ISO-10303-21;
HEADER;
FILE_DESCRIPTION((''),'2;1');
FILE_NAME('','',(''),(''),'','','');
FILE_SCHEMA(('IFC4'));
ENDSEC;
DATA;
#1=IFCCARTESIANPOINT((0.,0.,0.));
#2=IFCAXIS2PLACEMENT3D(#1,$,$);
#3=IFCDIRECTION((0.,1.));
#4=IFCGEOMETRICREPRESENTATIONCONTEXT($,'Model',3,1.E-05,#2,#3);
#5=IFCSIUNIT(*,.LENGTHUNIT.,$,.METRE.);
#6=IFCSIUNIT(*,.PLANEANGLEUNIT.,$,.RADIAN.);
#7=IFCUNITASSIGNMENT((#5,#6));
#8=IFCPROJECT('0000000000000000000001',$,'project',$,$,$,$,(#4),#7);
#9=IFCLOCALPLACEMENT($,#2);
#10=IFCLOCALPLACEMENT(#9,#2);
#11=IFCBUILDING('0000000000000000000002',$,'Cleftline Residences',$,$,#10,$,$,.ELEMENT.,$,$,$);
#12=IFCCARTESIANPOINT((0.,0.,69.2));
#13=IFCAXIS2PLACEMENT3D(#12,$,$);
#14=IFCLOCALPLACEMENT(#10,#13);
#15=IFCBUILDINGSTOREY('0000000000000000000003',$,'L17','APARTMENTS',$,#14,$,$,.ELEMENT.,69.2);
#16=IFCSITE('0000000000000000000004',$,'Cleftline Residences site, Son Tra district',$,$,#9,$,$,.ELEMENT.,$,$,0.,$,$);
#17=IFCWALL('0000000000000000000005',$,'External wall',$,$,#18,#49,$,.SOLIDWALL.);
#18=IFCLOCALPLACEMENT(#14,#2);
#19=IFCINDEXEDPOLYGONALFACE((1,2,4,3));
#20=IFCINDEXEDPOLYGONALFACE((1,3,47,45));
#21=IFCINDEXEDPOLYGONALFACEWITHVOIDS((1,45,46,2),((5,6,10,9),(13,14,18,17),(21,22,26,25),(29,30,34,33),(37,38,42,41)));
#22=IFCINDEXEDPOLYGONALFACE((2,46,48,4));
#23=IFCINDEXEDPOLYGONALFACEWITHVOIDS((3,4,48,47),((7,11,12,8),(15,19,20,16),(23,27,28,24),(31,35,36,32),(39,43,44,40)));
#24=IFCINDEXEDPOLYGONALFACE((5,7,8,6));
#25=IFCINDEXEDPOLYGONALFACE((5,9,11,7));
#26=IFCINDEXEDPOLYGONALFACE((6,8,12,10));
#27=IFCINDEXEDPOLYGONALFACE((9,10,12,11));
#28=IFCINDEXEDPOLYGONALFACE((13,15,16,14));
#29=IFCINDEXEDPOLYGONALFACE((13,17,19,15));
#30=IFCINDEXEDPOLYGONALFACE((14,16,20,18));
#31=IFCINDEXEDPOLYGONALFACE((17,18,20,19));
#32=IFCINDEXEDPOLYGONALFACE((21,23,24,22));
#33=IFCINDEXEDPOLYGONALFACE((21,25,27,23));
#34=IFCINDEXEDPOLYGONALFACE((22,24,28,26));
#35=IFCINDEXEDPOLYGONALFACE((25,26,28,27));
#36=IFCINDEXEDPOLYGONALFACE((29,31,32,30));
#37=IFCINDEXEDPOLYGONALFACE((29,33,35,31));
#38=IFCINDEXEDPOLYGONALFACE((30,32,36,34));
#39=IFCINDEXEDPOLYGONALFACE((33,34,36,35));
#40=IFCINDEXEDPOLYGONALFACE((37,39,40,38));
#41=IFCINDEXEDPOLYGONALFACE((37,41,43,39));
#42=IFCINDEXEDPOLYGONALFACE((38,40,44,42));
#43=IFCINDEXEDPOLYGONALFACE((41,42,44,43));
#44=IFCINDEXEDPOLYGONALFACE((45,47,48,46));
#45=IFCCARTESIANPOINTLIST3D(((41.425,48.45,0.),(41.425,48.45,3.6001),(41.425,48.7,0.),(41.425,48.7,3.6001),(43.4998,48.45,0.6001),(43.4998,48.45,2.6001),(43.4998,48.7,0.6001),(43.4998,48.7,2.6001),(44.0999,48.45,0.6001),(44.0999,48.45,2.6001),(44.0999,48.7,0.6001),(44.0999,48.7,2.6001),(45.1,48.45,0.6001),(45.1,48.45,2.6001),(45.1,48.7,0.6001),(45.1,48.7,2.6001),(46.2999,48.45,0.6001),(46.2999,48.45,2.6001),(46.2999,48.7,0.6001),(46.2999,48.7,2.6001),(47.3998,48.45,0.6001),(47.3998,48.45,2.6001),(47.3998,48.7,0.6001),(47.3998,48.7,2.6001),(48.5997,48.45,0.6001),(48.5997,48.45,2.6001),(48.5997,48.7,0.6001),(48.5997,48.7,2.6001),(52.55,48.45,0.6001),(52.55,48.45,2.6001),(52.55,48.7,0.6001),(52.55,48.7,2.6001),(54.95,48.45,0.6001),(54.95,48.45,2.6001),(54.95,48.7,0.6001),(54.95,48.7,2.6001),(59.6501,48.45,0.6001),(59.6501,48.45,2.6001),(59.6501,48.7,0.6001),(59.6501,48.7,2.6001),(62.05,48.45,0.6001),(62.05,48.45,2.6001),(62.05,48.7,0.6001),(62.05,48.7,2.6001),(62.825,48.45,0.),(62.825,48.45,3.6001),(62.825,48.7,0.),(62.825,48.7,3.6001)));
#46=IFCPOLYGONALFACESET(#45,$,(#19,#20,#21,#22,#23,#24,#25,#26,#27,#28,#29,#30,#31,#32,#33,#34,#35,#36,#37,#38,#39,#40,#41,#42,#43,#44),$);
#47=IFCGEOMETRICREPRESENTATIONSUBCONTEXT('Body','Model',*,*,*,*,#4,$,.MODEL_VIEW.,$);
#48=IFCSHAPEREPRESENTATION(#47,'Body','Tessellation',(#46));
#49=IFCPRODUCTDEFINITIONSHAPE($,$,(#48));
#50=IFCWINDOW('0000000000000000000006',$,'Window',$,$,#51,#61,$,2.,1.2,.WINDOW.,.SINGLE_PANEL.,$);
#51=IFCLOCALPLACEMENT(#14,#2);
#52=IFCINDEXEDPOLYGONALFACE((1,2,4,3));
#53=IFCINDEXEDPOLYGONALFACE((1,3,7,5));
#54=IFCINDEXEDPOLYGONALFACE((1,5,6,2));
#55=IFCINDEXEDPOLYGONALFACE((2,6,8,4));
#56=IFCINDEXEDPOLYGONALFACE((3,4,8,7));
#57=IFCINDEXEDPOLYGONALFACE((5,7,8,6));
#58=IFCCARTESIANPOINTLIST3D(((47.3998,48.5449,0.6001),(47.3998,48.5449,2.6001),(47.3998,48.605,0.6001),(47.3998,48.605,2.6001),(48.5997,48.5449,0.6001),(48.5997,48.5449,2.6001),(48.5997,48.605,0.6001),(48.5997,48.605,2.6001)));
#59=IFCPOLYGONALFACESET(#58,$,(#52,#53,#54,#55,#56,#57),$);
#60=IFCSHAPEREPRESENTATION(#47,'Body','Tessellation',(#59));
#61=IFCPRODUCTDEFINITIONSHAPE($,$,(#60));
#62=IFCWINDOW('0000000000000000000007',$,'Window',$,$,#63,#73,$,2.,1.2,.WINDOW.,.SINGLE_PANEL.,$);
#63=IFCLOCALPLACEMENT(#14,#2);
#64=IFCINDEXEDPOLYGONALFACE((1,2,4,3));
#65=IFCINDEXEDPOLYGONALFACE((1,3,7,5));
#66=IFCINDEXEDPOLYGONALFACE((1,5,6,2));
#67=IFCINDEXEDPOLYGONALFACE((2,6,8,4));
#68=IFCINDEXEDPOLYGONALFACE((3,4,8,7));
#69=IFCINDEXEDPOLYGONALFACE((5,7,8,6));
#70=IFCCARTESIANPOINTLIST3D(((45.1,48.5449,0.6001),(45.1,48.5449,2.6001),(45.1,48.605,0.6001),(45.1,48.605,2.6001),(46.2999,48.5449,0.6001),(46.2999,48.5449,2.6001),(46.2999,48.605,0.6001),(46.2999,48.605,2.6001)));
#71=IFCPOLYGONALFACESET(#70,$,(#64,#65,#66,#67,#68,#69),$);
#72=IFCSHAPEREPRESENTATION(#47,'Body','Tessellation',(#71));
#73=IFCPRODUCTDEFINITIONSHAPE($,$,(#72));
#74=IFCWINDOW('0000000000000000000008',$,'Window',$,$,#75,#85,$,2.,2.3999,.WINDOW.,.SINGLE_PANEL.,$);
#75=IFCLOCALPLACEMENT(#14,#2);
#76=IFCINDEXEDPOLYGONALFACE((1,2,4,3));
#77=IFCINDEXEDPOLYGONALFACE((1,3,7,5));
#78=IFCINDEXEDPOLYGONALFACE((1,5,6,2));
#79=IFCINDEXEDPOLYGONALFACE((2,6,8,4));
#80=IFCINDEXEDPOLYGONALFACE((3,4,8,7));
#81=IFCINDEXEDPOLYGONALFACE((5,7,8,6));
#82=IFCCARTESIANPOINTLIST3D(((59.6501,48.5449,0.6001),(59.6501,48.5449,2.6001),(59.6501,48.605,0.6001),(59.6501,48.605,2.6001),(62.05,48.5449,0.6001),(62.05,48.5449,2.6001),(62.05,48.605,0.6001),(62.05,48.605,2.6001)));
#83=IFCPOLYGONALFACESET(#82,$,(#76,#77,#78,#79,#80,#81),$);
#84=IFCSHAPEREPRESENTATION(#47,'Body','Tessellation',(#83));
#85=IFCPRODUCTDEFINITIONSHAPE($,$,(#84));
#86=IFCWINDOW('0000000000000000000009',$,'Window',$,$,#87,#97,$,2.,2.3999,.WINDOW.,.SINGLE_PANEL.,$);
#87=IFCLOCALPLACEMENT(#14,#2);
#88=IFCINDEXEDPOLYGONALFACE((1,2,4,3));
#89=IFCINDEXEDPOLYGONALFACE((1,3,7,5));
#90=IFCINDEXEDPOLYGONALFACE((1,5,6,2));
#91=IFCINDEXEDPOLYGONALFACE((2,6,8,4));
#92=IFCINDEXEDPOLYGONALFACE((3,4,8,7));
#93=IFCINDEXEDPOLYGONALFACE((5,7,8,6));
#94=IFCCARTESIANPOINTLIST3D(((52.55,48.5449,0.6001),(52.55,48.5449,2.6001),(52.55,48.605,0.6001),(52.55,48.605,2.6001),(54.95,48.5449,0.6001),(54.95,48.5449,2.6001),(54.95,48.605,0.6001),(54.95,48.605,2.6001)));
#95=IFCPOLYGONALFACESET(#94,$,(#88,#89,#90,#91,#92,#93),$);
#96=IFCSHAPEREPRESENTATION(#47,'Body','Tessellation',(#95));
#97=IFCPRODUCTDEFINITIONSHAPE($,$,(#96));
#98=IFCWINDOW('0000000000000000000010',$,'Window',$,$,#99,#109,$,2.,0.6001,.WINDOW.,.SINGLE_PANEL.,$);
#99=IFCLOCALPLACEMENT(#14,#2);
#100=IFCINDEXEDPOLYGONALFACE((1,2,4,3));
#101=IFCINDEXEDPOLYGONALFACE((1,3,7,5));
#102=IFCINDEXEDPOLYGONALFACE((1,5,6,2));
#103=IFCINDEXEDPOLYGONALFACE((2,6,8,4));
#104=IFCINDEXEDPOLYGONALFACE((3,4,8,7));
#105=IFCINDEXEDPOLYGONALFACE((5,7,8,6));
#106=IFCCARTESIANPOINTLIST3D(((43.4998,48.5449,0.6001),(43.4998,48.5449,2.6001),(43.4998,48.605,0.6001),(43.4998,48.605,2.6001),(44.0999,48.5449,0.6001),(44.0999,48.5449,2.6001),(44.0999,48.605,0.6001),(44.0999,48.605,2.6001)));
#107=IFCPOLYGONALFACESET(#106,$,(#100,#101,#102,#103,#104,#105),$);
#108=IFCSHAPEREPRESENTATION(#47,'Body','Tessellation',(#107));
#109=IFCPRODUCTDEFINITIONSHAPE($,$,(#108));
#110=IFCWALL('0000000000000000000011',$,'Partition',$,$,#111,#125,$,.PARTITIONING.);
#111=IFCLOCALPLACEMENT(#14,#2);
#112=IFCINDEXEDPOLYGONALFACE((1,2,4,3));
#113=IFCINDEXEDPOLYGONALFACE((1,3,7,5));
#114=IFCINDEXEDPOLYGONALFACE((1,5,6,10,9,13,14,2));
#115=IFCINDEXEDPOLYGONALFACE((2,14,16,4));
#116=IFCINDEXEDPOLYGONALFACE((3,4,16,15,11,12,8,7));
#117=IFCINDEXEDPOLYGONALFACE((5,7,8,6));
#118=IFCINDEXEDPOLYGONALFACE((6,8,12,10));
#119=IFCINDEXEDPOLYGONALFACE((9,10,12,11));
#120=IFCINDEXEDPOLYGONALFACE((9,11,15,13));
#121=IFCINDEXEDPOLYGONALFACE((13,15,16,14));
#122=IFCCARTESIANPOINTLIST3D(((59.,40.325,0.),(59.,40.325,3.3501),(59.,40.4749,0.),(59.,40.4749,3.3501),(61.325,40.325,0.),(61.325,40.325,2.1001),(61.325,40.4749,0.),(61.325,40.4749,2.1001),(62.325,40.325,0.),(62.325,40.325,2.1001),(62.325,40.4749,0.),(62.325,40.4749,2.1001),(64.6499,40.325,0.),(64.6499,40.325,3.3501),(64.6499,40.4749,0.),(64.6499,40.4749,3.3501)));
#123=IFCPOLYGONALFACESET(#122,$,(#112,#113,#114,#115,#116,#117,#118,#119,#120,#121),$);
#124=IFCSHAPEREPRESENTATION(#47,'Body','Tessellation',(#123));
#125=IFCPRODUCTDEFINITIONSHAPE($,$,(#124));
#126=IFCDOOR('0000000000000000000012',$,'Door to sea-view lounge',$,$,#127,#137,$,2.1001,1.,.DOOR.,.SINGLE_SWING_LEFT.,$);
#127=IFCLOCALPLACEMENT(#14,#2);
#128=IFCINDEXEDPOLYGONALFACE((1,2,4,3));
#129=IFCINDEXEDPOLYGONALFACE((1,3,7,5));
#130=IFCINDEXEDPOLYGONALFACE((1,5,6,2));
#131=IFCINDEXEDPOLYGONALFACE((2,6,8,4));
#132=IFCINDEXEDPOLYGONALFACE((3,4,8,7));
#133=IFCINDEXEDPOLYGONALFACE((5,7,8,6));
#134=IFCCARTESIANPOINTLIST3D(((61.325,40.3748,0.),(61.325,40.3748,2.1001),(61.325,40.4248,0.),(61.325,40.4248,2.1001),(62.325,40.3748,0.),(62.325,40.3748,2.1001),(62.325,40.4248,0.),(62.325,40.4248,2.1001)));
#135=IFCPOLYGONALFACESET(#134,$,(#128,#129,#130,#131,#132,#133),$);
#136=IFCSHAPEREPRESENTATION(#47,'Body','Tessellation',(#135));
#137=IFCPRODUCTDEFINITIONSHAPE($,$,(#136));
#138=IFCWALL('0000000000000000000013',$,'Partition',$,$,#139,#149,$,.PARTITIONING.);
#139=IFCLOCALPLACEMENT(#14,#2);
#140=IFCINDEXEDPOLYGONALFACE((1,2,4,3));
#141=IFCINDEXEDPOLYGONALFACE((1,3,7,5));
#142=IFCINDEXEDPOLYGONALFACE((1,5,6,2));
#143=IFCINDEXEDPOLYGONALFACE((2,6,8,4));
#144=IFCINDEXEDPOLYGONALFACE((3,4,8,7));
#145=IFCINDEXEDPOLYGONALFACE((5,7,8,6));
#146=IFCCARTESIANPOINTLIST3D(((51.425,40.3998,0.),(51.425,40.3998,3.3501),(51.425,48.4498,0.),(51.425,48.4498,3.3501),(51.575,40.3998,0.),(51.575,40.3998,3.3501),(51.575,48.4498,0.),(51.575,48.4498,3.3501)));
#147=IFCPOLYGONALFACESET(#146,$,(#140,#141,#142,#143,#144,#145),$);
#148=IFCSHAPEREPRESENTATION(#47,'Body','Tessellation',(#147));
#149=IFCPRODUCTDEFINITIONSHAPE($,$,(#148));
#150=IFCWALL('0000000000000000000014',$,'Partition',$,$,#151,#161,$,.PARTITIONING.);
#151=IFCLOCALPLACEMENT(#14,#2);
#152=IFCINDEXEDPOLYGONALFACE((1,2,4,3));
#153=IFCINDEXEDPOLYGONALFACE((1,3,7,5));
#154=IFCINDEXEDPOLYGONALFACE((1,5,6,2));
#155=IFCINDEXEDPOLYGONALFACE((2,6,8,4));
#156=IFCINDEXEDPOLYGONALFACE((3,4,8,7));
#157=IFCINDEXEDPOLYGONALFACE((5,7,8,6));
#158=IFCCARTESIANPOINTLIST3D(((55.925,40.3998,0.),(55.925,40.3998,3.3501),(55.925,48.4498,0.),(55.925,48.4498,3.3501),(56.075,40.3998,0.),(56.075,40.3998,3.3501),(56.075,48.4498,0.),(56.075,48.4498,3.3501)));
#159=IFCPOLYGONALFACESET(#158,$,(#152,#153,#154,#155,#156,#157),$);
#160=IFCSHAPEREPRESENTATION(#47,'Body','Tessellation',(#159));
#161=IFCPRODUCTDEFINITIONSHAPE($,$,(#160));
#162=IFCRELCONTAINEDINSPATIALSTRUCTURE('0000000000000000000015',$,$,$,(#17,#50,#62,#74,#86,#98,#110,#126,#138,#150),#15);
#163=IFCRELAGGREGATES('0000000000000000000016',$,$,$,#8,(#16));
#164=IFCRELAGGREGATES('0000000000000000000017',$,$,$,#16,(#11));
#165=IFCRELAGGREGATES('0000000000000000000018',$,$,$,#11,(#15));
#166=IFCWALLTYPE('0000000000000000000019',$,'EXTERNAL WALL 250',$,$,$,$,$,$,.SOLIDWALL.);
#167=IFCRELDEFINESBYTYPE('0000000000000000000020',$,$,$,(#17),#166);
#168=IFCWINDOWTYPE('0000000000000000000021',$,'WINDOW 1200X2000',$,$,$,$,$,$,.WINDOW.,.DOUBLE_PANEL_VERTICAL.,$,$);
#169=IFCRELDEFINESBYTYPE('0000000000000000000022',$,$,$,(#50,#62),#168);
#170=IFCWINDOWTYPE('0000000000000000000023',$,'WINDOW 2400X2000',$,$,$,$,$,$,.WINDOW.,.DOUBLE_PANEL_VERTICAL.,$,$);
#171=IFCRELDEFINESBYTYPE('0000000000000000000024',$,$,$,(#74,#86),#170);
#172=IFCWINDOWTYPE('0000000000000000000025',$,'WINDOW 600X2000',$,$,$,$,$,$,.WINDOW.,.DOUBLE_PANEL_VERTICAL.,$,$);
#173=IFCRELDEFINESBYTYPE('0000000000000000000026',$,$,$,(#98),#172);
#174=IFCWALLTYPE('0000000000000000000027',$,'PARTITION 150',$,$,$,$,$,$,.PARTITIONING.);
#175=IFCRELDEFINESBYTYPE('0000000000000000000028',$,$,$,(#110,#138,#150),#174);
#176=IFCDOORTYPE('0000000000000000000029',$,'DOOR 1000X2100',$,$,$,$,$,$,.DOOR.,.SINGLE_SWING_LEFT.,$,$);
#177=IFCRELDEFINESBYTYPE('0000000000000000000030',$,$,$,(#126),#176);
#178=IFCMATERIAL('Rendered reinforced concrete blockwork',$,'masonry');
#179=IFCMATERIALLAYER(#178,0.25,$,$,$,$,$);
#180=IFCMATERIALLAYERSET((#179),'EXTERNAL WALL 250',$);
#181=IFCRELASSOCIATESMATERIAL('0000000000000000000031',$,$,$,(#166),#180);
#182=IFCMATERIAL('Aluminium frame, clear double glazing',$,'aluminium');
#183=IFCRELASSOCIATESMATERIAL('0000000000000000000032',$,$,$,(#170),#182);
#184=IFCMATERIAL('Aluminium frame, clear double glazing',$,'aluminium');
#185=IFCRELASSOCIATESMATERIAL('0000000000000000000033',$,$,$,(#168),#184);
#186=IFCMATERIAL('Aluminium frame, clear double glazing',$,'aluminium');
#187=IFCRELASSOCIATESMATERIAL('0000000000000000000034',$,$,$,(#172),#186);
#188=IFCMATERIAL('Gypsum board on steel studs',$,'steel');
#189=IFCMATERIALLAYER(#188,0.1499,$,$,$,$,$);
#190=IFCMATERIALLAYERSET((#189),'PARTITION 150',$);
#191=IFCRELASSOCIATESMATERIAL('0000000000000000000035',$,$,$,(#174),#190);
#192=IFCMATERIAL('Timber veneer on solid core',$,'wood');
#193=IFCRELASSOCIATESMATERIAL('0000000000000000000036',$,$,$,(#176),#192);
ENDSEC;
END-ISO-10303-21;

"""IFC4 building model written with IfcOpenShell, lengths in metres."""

from ifc_helpers import new_model, si_unit, direction, frame, frame_2d, origin, place, context, subcontext, project, spatial, rectangle, extrude, material, layer, layer_set, type_object, element, fill, save


model = new_model("IFC4")

# Units and contexts
model_context = context("Model", 3, precision=1e-05, world=origin(), true_north=direction((0.0, 1.0)))
body_context = subcontext(model_context, "Body", "Model", "MODEL_VIEW")
ifc_project = project(units=[si_unit("LENGTHUNIT", "METRE"), si_unit("PLANEANGLEUNIT", "RADIAN")], contexts=[model_context])

# Site, building, storey
site_placement = place(None, origin())
site = spatial("IfcSite", under=ifc_project, at=site_placement, Name="Cleftline Residences site, Son Tra district", CompositionType="ELEMENT", RefElevation=0.0)
building_placement = place(site_placement, origin())
building = spatial("IfcBuilding", under=site, at=building_placement, Name="Cleftline Residences", CompositionType="ELEMENT")
storey_placement = place(building_placement, frame((0.0, 0.0, 69.2)))
storey = spatial("IfcBuildingStorey", under=building, at=storey_placement, Name="L17", Description="APARTMENTS", CompositionType="ELEMENT", Elevation=69.2)

# Shared definitions
ifc_material_1 = material(Name="Rendered reinforced concrete blockwork", Category="masonry")
ifc_layer_1 = layer(ifc_material_1, 0.25)
ifc_layer_set_1 = layer_set([ifc_layer_1], Name="EXTERNAL WALL 250")
wall_type_1 = type_object("IfcWallType", Name="EXTERNAL WALL 250", PredefinedType="SOLIDWALL", material=ifc_layer_set_1)
ifc_material_2 = material(Name="Aluminium frame, clear double glazing", Category="aluminium")
window_type_1 = type_object("IfcWindowType", Name="WINDOW 2400X2000", PartitioningType="DOUBLE_PANEL_VERTICAL", PredefinedType="WINDOW", material=ifc_material_2)

# Wall, openings, windows
wall_1_placement = place(storey_placement, frame((62.825, 48.575, 0.0), z_axis=(0.0, 0.0, 1.0), x_axis=(-1.0, 0.0, 0.0)))
wall_1 = element("IfcWall", 1, at=wall_1_placement, inside=storey, type_object=wall_type_1, Name="External wall", PredefinedType="SOLIDWALL", context=body_context, shape_type="SweptSolid", body=[
    extrude(rectangle(XDim=21.3999, YDim=0.25, at=frame_2d((10.7, 0.0))), origin(), (0.0, 0.0, 1.0), 3.6001),
])
opening_1_placement = place(wall_1_placement, frame((0.7749, 0.0, 0.6001)))
opening_1 = element("IfcOpeningElement", 2, at=opening_1_placement, cuts=wall_1, PredefinedType="OPENING", context=body_context, shape_type="SweptSolid", body=[
    extrude(rectangle(XDim=2.3999, YDim=2.0, at=frame_2d((1.2, 1.0))), frame((0.0, 0.135, 0.0), z_axis=(0.0, -1.0, 0.0), x_axis=(1.0, 0.0, 0.0)), (0.0, 0.0, 1.0), 0.27),
])
opening_2_placement = place(wall_1_placement, frame((7.875, 0.0, 0.6001)))
opening_2 = element("IfcOpeningElement", 3, at=opening_2_placement, cuts=wall_1, PredefinedType="OPENING", context=body_context, shape_type="SweptSolid", body=[
    extrude(rectangle(XDim=2.3999, YDim=2.0, at=frame_2d((1.2, 1.0))), frame((0.0, 0.135, 0.0), z_axis=(0.0, -1.0, 0.0), x_axis=(1.0, 0.0, 0.0)), (0.0, 0.0, 1.0), 0.27),
])
opening_3_placement = place(wall_1_placement, frame((14.2251, 0.0, 0.6001)))
opening_3 = element("IfcOpeningElement", 4, at=opening_3_placement, cuts=wall_1, PredefinedType="OPENING", context=body_context, shape_type="SweptSolid", body=[
    extrude(rectangle(XDim=1.2, YDim=2.0, at=frame_2d((0.6001, 1.0))), frame((0.0, 0.135, 0.0), z_axis=(0.0, -1.0, 0.0), x_axis=(1.0, 0.0, 0.0)), (0.0, 0.0, 1.0), 0.27),
])
opening_4_placement = place(wall_1_placement, frame((16.5249, 0.0, 0.6001)))
opening_4 = element("IfcOpeningElement", 5, at=opening_4_placement, cuts=wall_1, PredefinedType="OPENING", context=body_context, shape_type="SweptSolid", body=[
    extrude(rectangle(XDim=1.2, YDim=2.0, at=frame_2d((0.6001, 1.0))), frame((0.0, 0.135, 0.0), z_axis=(0.0, -1.0, 0.0), x_axis=(1.0, 0.0, 0.0)), (0.0, 0.0, 1.0), 0.27),
])
opening_5_placement = place(wall_1_placement, frame((18.7251, 0.0, 0.6001)))
opening_5 = element("IfcOpeningElement", 6, at=opening_5_placement, cuts=wall_1, PredefinedType="OPENING", context=body_context, shape_type="SweptSolid", body=[
    extrude(rectangle(XDim=0.6001, YDim=2.0, at=frame_2d((0.3, 1.0))), frame((0.0, 0.135, 0.0), z_axis=(0.0, -1.0, 0.0), x_axis=(1.0, 0.0, 0.0)), (0.0, 0.0, 1.0), 0.27),
])
ifc_material_3 = material(Name="Aluminium frame, clear double glazing", Category="aluminium")
window_type_2 = type_object("IfcWindowType", Name="WINDOW 1200X2000", PartitioningType="DOUBLE_PANEL_VERTICAL", PredefinedType="WINDOW", material=ifc_material_3)
window_1_placement = place(opening_3_placement, origin())
window_1 = element("IfcWindow", 7, at=window_1_placement, inside=storey, type_object=window_type_2, Name="Window", OverallHeight=2.0, OverallWidth=1.2, PartitioningType="SINGLE_PANEL", PredefinedType="WINDOW", context=body_context, shape_type="SweptSolid", body=[
    extrude(rectangle(XDim=1.2, YDim=2.0, at=frame_2d((0.6001, 1.0))), frame((0.0, 0.03, 0.0), z_axis=(0.0, -1.0, 0.0), x_axis=(1.0, 0.0, 0.0)), (0.0, 0.0, 1.0), 0.0601),
])
fill(opening_3, window_1)
window_2_placement = place(opening_4_placement, origin())
window_2 = element("IfcWindow", 8, at=window_2_placement, inside=storey, type_object=window_type_2, Name="Window", OverallHeight=2.0, OverallWidth=1.2, PartitioningType="SINGLE_PANEL", PredefinedType="WINDOW", context=body_context, shape_type="SweptSolid", body=[
    extrude(rectangle(XDim=1.2, YDim=2.0, at=frame_2d((0.6001, 1.0))), frame((0.0, 0.03, 0.0), z_axis=(0.0, -1.0, 0.0), x_axis=(1.0, 0.0, 0.0)), (0.0, 0.0, 1.0), 0.0601),
])
fill(opening_4, window_2)
window_3_placement = place(opening_1_placement, origin())
window_3 = element("IfcWindow", 9, at=window_3_placement, inside=storey, type_object=window_type_1, Name="Window", OverallHeight=2.0, OverallWidth=2.3999, PartitioningType="SINGLE_PANEL", PredefinedType="WINDOW", context=body_context, shape_type="SweptSolid", body=[
    extrude(rectangle(XDim=2.3999, YDim=2.0, at=frame_2d((1.2, 1.0))), frame((0.0, 0.03, 0.0), z_axis=(0.0, -1.0, 0.0), x_axis=(1.0, 0.0, 0.0)), (0.0, 0.0, 1.0), 0.0601),
])
fill(opening_1, window_3)
window_4_placement = place(opening_2_placement, origin())
window_4 = element("IfcWindow", 10, at=window_4_placement, inside=storey, type_object=window_type_1, Name="Window", OverallHeight=2.0, OverallWidth=2.3999, PartitioningType="SINGLE_PANEL", PredefinedType="WINDOW", context=body_context, shape_type="SweptSolid", body=[
    extrude(rectangle(XDim=2.3999, YDim=2.0, at=frame_2d((1.2, 1.0))), frame((0.0, 0.03, 0.0), z_axis=(0.0, -1.0, 0.0), x_axis=(1.0, 0.0, 0.0)), (0.0, 0.0, 1.0), 0.0601),
])
fill(opening_2, window_4)
ifc_material_4 = material(Name="Aluminium frame, clear double glazing", Category="aluminium")
window_type_3 = type_object("IfcWindowType", Name="WINDOW 600X2000", PartitioningType="DOUBLE_PANEL_VERTICAL", PredefinedType="WINDOW", material=ifc_material_4)
window_5_placement = place(opening_5_placement, origin())
window_5 = element("IfcWindow", 11, at=window_5_placement, inside=storey, type_object=window_type_3, Name="Window", OverallHeight=2.0, OverallWidth=0.6001, PartitioningType="SINGLE_PANEL", PredefinedType="WINDOW", context=body_context, shape_type="SweptSolid", body=[
    extrude(rectangle(XDim=0.6001, YDim=2.0, at=frame_2d((0.3, 1.0))), frame((0.0, 0.03, 0.0), z_axis=(0.0, -1.0, 0.0), x_axis=(1.0, 0.0, 0.0)), (0.0, 0.0, 1.0), 0.0601),
])
fill(opening_5, window_5)

# Wall, opening, door
ifc_material_5 = material(Name="Gypsum board on steel studs", Category="steel")
ifc_layer_2 = layer(ifc_material_5, 0.1499)
ifc_layer_set_2 = layer_set([ifc_layer_2], Name="PARTITION 150")
wall_type_2 = type_object("IfcWallType", Name="PARTITION 150", PredefinedType="PARTITIONING", material=ifc_layer_set_2)
wall_2_placement = place(storey_placement, frame((59.0, 40.3999, 0.0), z_axis=(0.0, 0.0, 1.0), x_axis=(1.0, 0.0, 0.0)))
wall_2 = element("IfcWall", 12, at=wall_2_placement, inside=storey, type_object=wall_type_2, Name="Partition", PredefinedType="PARTITIONING", context=body_context, shape_type="SweptSolid", body=[
    extrude(rectangle(XDim=5.6499, YDim=0.1499, at=frame_2d((2.825, 0.0))), origin(), (0.0, 0.0, 1.0), 3.3501),
])
opening_6_placement = place(wall_2_placement, frame((2.325, 0.0, 0.0)))
opening_6 = element("IfcOpeningElement", 13, at=opening_6_placement, cuts=wall_2, PredefinedType="OPENING", context=body_context, shape_type="SweptSolid", body=[
    extrude(rectangle(XDim=1.0, YDim=2.1001, at=frame_2d((0.5, 1.05))), frame((0.0, 0.085, 0.0), z_axis=(0.0, -1.0, 0.0), x_axis=(1.0, 0.0, 0.0)), (0.0, 0.0, 1.0), 0.1699),
])
ifc_material_6 = material(Name="Timber veneer on solid core", Category="wood")
door_type = type_object("IfcDoorType", Name="DOOR 1000X2100", OperationType="SINGLE_SWING_LEFT", PredefinedType="DOOR", material=ifc_material_6)
door_placement = place(opening_6_placement, origin())
door = element("IfcDoor", 14, at=door_placement, inside=storey, type_object=door_type, Name="Door to sea-view lounge", OperationType="SINGLE_SWING_LEFT", OverallHeight=2.1001, OverallWidth=1.0, PredefinedType="DOOR", context=body_context, shape_type="SweptSolid", body=[
    extrude(rectangle(XDim=1.0, YDim=2.1001, at=frame_2d((0.5, 1.05))), frame((0.0, 0.0249, 0.0), z_axis=(0.0, -1.0, 0.0), x_axis=(1.0, 0.0, 0.0)), (0.0, 0.0, 1.0), 0.05),
])
fill(opening_6, door)

# Walls
for number, where, z_axis, x_axis, name in (
    (15, (51.5, 40.3999, 0.0), (0.0, 0.0, 1.0), (0.0, 1.0, 0.0), "Partition"),
    (16, (56.0, 40.3999, 0.0), (0.0, 0.0, 1.0), (0.0, 1.0, 0.0), "Partition"),
):
    element("IfcWall", number, at=place(storey_placement, frame(where, z_axis=z_axis, x_axis=x_axis)), inside=storey, type_object=wall_type_2, Name=name, PredefinedType="PARTITIONING", context=body_context, shape_type="SweptSolid", body=[
        extrude(rectangle(XDim=8.05, YDim=0.1499, at=frame_2d((4.0249, 0.0))), origin(), (0.0, 0.0, 1.0), 3.3501),
    ])

save(model, "model.ifc")
